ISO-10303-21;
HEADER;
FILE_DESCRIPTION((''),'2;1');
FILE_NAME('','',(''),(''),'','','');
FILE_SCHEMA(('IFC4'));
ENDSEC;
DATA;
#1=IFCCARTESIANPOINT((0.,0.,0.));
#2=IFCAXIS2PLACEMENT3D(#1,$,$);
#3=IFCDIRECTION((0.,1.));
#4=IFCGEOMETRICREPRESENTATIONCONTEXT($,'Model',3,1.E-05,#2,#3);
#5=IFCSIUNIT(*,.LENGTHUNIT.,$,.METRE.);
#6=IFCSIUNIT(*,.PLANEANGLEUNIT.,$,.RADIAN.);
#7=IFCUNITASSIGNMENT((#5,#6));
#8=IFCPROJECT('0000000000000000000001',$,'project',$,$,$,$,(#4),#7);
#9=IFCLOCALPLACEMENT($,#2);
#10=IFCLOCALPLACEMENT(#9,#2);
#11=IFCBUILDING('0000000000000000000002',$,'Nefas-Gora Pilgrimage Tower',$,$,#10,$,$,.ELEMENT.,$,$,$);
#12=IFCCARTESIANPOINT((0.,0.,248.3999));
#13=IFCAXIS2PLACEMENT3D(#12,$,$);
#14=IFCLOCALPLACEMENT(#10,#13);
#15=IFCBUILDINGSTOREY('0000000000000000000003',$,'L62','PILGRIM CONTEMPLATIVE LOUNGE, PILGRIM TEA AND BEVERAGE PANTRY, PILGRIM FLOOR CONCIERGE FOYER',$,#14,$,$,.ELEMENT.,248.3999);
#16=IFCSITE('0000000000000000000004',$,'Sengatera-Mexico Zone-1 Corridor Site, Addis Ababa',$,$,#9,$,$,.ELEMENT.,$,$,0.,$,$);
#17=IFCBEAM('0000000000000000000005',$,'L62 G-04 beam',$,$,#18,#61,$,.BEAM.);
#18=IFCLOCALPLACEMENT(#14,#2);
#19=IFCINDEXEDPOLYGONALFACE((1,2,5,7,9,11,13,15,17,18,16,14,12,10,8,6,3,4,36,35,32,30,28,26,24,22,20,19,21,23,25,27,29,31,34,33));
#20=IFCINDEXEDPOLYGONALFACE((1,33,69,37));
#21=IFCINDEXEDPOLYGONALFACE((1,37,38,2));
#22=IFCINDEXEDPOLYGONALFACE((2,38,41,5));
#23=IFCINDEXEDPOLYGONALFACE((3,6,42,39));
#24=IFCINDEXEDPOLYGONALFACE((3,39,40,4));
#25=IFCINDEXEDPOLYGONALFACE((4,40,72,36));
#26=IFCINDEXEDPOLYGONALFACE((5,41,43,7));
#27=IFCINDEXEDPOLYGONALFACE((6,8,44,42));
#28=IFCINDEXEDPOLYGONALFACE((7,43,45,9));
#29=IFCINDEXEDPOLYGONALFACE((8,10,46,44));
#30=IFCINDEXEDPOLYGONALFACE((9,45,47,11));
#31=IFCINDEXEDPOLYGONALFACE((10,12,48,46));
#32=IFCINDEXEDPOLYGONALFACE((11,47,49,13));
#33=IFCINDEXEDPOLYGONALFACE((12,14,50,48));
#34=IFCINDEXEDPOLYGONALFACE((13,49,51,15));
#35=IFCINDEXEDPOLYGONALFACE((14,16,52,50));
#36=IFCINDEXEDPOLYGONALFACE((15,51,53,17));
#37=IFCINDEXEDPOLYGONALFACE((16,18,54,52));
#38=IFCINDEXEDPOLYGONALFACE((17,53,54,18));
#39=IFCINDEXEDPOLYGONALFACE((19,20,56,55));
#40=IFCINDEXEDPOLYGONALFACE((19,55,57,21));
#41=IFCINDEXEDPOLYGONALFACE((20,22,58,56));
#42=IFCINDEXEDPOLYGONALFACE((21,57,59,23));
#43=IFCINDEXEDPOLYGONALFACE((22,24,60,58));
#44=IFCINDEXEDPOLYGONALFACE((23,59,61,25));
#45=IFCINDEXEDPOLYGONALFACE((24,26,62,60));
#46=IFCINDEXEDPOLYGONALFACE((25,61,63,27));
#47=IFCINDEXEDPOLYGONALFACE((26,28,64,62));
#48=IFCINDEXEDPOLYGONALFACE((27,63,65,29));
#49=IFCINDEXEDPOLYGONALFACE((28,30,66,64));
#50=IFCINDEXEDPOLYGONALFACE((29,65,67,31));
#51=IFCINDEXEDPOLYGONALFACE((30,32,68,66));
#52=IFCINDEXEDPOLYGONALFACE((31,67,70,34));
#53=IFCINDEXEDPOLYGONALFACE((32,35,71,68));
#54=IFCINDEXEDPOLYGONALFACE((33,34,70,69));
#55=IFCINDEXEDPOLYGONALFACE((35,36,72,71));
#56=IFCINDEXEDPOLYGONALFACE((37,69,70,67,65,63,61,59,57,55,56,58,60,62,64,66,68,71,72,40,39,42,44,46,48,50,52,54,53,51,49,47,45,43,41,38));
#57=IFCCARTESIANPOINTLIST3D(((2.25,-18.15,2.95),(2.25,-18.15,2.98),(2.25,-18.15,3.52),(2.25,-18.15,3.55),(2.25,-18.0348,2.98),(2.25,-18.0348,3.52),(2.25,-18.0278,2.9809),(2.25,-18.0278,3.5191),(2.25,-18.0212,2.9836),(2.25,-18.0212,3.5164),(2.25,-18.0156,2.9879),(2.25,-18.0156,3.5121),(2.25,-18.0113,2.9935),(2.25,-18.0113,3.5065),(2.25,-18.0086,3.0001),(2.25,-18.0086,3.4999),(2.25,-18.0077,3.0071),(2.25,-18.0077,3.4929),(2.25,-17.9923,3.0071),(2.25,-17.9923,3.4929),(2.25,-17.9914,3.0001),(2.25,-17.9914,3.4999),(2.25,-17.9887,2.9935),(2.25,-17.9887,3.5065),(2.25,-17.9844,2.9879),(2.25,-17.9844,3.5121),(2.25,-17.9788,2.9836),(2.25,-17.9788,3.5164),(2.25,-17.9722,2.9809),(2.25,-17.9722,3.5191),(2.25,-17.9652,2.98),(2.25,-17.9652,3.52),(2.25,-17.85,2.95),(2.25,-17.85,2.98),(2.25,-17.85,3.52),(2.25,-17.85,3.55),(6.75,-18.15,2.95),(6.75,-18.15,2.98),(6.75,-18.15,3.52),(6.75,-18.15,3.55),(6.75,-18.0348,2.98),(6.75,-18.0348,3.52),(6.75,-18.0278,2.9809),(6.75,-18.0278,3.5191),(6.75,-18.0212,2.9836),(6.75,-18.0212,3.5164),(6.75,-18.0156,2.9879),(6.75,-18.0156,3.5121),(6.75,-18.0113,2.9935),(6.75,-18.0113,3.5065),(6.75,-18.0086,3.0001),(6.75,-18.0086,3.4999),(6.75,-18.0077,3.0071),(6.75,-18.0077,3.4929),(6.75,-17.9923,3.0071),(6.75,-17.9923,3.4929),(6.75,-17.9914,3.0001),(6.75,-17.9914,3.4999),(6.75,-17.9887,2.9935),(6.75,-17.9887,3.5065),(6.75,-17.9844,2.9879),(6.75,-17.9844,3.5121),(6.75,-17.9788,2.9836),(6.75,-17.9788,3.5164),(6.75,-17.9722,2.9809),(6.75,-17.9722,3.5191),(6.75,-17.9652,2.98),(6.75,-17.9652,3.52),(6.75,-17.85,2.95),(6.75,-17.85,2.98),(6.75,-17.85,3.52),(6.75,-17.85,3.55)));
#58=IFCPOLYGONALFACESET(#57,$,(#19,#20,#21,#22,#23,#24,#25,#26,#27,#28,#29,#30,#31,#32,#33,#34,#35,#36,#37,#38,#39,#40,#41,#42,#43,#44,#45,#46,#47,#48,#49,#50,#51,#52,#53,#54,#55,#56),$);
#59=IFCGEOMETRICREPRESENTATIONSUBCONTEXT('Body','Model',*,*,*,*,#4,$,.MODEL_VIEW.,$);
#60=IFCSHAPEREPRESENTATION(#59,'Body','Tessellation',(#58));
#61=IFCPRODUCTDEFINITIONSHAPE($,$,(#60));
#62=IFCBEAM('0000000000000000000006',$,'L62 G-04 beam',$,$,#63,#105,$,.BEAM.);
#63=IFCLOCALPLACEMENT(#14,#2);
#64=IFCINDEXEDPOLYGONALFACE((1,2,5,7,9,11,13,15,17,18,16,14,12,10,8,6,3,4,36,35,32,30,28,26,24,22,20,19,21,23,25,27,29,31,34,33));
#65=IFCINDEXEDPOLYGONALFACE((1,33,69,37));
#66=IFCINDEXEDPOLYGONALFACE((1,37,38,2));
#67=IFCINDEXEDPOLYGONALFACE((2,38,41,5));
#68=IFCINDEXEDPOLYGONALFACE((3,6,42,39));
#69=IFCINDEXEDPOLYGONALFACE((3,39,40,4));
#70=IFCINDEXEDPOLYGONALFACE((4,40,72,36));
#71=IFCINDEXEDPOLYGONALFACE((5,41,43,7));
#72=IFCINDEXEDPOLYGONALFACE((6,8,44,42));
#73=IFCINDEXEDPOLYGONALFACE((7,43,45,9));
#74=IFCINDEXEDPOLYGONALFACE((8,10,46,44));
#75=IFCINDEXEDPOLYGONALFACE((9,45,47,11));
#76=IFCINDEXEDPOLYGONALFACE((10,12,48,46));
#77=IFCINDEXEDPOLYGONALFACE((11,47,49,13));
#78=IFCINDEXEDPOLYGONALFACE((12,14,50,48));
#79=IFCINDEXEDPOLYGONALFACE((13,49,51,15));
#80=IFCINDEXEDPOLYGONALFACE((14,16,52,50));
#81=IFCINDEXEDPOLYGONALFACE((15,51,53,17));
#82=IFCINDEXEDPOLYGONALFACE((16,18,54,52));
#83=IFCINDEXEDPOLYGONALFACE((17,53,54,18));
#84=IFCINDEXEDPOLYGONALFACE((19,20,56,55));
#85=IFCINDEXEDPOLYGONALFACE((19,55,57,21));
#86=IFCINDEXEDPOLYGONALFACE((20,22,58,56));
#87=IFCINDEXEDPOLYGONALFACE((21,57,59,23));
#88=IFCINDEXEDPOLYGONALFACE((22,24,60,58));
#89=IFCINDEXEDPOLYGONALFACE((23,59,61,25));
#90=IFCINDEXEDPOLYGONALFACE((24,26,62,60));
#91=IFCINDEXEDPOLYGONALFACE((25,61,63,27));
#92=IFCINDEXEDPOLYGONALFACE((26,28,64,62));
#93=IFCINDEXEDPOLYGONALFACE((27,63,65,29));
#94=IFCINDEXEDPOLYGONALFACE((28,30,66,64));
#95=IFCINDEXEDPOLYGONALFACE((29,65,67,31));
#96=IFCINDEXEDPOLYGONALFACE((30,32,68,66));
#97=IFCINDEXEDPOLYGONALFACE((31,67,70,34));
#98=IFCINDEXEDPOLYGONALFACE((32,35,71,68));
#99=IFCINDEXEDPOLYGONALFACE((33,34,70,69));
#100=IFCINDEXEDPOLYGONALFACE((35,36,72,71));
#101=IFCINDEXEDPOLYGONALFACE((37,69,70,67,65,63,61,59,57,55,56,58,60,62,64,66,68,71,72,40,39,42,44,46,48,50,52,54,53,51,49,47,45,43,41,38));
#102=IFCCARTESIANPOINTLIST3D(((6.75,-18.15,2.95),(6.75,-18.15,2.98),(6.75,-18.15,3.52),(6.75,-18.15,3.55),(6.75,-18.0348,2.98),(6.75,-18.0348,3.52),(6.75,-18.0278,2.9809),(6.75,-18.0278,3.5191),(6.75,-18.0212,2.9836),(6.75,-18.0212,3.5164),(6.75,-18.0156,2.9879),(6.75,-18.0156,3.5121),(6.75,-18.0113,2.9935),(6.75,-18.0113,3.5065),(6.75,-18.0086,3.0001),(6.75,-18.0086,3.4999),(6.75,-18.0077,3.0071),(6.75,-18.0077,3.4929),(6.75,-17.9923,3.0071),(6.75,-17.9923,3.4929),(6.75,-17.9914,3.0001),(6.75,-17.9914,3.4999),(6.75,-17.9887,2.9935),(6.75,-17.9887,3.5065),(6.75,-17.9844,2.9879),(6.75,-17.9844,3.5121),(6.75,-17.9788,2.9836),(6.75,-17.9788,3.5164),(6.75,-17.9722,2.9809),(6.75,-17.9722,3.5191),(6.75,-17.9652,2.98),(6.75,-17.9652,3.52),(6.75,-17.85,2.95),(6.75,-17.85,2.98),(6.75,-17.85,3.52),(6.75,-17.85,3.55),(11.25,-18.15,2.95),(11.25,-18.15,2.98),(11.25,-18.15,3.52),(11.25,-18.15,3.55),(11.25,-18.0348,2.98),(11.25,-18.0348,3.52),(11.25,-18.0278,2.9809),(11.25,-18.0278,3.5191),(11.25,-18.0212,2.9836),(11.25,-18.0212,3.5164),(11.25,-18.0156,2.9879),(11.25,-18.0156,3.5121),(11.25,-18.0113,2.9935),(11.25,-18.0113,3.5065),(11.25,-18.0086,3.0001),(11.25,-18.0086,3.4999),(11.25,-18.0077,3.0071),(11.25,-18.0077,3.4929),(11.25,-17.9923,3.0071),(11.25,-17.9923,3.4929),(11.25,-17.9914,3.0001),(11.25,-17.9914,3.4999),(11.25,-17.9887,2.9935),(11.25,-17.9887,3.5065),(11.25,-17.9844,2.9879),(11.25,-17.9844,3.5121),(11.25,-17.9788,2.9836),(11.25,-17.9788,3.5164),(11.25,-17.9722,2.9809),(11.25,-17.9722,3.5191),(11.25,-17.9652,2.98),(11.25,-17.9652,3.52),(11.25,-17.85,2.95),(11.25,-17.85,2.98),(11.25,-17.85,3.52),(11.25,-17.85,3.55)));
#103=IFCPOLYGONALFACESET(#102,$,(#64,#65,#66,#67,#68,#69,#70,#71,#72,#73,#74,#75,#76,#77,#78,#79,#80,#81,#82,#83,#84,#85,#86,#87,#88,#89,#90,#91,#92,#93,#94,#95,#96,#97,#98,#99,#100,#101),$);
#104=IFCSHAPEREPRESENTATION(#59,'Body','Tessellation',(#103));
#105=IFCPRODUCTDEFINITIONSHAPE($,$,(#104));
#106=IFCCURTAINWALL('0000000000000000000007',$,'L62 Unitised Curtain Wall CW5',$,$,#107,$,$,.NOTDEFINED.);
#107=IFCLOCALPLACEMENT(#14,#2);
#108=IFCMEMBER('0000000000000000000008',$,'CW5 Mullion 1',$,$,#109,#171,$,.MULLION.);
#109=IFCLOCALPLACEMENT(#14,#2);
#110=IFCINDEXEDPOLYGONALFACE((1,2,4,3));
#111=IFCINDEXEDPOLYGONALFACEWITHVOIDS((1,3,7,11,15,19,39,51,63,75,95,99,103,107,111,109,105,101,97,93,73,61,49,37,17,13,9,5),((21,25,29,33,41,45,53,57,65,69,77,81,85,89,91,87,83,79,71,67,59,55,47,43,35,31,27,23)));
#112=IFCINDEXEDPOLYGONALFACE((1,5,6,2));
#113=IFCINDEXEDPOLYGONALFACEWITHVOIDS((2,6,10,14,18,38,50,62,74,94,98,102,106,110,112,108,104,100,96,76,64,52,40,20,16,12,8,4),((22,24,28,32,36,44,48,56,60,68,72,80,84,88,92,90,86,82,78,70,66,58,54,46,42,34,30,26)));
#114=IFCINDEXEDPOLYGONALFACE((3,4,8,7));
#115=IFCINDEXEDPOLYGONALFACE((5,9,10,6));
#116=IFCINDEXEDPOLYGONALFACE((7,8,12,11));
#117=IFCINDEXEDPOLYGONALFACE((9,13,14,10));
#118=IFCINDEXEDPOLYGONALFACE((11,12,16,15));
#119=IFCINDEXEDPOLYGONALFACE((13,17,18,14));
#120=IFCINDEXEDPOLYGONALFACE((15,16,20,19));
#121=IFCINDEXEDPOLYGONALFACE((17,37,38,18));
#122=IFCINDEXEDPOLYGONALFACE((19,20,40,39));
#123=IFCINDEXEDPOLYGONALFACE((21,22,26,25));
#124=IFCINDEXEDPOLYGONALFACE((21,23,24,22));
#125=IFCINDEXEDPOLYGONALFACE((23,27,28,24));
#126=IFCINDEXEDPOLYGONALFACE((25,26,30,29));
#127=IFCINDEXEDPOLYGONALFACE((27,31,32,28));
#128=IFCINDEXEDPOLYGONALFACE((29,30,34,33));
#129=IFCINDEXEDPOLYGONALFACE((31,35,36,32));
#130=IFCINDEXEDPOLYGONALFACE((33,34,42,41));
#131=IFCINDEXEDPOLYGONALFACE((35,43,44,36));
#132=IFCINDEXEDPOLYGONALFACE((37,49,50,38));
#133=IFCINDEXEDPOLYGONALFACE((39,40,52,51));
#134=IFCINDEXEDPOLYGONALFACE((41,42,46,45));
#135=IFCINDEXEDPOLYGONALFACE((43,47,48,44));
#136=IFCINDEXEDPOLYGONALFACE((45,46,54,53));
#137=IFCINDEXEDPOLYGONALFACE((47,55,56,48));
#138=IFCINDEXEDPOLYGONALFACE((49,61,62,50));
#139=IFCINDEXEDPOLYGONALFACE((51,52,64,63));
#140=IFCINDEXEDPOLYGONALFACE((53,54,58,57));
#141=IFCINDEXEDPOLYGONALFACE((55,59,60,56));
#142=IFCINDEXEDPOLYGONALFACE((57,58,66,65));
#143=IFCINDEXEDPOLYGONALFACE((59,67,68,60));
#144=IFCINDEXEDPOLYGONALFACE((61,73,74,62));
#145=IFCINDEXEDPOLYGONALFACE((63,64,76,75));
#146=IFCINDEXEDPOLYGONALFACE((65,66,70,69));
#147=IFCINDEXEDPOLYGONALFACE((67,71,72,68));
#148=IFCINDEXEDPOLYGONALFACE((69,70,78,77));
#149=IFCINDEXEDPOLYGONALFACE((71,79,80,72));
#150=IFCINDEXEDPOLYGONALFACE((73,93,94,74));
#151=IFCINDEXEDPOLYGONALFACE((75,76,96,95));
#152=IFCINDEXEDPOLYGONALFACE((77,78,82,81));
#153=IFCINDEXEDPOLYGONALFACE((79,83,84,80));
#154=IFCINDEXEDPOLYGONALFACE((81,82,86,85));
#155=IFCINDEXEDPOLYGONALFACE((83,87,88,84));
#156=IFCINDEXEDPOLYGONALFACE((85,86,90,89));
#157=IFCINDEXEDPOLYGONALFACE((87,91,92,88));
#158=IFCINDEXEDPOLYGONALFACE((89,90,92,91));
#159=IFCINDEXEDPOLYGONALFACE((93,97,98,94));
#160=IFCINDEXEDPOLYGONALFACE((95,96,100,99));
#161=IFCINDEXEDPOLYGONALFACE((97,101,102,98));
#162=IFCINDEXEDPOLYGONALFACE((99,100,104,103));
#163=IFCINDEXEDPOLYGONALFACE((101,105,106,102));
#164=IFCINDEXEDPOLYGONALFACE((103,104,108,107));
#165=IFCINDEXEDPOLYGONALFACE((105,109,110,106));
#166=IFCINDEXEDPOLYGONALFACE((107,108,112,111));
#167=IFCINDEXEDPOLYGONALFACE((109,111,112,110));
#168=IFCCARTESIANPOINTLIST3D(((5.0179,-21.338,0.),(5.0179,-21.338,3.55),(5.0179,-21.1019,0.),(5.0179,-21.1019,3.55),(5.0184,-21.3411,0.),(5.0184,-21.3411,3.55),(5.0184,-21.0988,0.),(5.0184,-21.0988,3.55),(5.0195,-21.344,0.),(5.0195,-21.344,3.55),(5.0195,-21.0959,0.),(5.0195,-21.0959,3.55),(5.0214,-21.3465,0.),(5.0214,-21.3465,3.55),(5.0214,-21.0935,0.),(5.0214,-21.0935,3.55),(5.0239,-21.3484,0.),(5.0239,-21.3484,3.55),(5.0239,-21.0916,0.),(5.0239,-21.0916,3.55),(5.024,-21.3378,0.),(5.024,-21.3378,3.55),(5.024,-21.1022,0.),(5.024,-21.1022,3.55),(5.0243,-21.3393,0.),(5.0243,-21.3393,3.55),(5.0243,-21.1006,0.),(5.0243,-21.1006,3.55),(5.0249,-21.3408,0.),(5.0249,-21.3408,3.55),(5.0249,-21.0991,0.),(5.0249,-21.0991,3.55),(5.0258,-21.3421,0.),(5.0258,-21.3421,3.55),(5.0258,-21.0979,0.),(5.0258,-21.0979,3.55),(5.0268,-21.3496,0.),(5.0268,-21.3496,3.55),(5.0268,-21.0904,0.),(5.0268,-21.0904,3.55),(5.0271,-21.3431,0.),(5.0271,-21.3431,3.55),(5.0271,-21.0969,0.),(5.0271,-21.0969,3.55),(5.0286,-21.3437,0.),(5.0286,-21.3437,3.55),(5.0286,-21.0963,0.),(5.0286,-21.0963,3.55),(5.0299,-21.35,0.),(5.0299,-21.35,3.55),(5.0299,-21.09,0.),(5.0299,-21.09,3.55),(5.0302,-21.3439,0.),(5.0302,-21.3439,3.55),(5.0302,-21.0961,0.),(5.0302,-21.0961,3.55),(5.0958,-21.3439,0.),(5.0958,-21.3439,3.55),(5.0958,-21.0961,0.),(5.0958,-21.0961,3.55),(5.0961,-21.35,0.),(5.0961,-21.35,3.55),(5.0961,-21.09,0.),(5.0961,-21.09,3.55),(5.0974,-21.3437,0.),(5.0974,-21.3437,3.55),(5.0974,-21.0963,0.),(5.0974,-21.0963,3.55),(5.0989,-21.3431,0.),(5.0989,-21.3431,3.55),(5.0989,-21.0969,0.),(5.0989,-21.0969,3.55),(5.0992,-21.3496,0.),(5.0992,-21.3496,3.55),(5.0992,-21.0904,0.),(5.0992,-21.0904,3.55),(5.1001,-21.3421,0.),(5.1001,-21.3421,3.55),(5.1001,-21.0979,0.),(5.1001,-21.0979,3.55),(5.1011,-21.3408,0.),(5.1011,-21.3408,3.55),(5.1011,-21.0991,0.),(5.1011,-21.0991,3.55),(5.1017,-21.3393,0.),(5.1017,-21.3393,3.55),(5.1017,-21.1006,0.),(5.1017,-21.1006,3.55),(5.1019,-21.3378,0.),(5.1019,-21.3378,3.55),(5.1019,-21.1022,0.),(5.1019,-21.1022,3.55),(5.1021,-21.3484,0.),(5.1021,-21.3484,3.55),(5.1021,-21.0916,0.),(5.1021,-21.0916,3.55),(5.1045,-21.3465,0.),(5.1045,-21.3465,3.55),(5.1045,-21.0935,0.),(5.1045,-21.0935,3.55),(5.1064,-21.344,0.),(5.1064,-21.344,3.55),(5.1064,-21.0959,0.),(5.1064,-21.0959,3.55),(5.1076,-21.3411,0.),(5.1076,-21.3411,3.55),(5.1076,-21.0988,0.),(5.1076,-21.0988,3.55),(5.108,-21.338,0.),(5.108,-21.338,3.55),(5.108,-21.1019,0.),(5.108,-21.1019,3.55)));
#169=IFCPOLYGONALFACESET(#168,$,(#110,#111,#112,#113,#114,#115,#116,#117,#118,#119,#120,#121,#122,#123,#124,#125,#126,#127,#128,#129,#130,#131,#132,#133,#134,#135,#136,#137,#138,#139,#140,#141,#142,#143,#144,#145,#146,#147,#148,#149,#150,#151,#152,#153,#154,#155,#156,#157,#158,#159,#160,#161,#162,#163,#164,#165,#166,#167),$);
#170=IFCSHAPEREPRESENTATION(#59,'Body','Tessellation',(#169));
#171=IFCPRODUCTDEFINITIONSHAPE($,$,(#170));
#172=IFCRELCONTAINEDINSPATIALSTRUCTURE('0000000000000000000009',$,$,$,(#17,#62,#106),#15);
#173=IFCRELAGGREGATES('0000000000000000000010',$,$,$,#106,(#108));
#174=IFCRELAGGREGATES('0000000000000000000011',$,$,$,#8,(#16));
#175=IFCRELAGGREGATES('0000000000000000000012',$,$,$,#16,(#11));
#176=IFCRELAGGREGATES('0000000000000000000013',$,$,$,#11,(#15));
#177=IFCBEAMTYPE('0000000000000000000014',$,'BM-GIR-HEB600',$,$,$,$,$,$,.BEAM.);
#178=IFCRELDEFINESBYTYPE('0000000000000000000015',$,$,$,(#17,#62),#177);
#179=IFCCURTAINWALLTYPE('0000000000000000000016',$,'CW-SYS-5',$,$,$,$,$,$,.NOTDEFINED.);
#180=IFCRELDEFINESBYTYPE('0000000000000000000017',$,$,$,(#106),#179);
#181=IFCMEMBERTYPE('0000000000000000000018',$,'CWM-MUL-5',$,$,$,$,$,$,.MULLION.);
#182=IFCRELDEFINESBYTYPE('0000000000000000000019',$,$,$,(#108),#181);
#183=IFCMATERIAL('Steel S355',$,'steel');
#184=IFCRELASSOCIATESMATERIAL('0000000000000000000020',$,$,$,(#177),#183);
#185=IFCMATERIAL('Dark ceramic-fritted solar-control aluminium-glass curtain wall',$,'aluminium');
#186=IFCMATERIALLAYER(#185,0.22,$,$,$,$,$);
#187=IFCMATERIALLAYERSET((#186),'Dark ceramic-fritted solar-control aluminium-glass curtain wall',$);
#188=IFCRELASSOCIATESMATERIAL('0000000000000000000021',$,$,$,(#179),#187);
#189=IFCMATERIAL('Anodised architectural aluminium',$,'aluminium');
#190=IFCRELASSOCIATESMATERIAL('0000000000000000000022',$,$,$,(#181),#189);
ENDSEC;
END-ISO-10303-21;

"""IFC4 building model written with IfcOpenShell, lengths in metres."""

from ifc_helpers import new_model, si_unit, direction, frame, origin, origin_2d, place, context, subcontext, project, spatial, hollow_rectangle, i_section, extrude, source, transform, mapped, material, layer, layer_set, material_profile, profile_set, type_object, element, aggregate, save


model = new_model("IFC4")

# Units and contexts
model_context = context("Model", 3, precision=1e-05, world=origin(), true_north=direction((0.0, 1.0)))
body_context = subcontext(model_context, "Body", "Model", "MODEL_VIEW")
ifc_project = project(units=[si_unit("LENGTHUNIT", "METRE"), si_unit("PLANEANGLEUNIT", "RADIAN")], contexts=[model_context])

# Site, building, storey
site_placement = place(None, origin())
site = spatial("IfcSite", under=ifc_project, at=site_placement, Name="Sengatera-Mexico Zone-1 Corridor Site, Addis Ababa", CompositionType="ELEMENT", RefElevation=0.0)
building_placement = place(site_placement, origin())
building = spatial("IfcBuilding", under=site, at=building_placement, Name="Nefas-Gora Pilgrimage Tower", CompositionType="ELEMENT")
storey_placement = place(building_placement, frame((0.0, 0.0, 248.3999)))
storey = spatial("IfcBuildingStorey", under=building, at=storey_placement, Name="L62", Description="PILGRIM CONTEMPLATIVE LOUNGE, PILGRIM TEA AND BEVERAGE PANTRY, PILGRIM FLOOR CONCIERGE FOYER", CompositionType="ELEMENT", Elevation=248.3999)

# Beams
ifc_material_1 = material(Name="Steel S355", Category="steel")
ifc_material_profile_1 = material_profile(ifc_material_1, i_section(OverallWidth=0.3, OverallDepth=0.6001, WebThickness=0.0154, FlangeThickness=0.03, FilletRadius=0.0271, at=origin_2d()), Name="HEB 600")
ifc_profile_set_1 = profile_set([ifc_material_profile_1], Name="Steel S355")
beam_type = type_object("IfcBeamType", Name="BM-GIR-HEB600", PredefinedType="BEAM", material=ifc_profile_set_1)
shared_shape_1 = source(origin(), body_context, "Body", "SweptSolid", [
    extrude(i_section(OverallWidth=0.3, OverallDepth=0.6001, WebThickness=0.0154, FlangeThickness=0.03, FilletRadius=0.0271, at=origin_2d()), origin(), (0.0, 0.0, 1.0), 4.5),
])
for number, where, z_axis, x_axis, name in (
    (1, (2.25, -18.0, 3.25), (1.0, 0.0, 0.0), (0.0, 1.0, 0.0), "L62 G-04 beam"),
    (2, (6.75, -18.0, 3.25), (1.0, 0.0, 0.0), (0.0, 1.0, 0.0), "L62 G-04 beam"),
):
    element("IfcBeam", number, at=place(storey_placement, frame(where, z_axis=z_axis, x_axis=x_axis)), inside=storey, type_object=beam_type, Name=name, PredefinedType="BEAM", context=body_context, shape_type="MappedRepresentation", body=[
        mapped(shared_shape_1, transform((0.0, 0.0, 0.0), x_axis=(1.0, 0.0, 0.0), y_axis=(0.0, 1.0, 0.0), z_axis=(0.0, 0.0, 1.0), scale=1.0)),
    ])

# Curtain wall, member
ifc_material_2 = material(Name="Dark ceramic-fritted solar-control aluminium-glass curtain wall", Category="aluminium")
ifc_layer_1 = layer(ifc_material_2, 0.22)
ifc_layer_set_1 = layer_set([ifc_layer_1], Name="Dark ceramic-fritted solar-control aluminium-glass curtain wall")
curtain_wall_type = type_object("IfcCurtainWallType", Name="CW-SYS-5", PredefinedType="NOTDEFINED", material=ifc_layer_set_1)
curtain_wall_1_placement = place(storey_placement, origin())
curtain_wall_1 = element("IfcCurtainWall", 3, at=curtain_wall_1_placement, inside=storey, type_object=curtain_wall_type, Name="L62 Unitised Curtain Wall CW5", PredefinedType="NOTDEFINED")
ifc_material_3 = material(Name="Anodised architectural aluminium", Category="aluminium")
ifc_material_profile_2 = material_profile(ifc_material_3, hollow_rectangle(XDim=0.0901, YDim=0.26, WallThickness=0.0061, InnerFilletRadius=0.0061, OuterFilletRadius=0.012, at=origin_2d()), Name="ALU MULLION 90x260")
ifc_profile_set_2 = profile_set([ifc_material_profile_2], Name="Anodised architectural aluminium")
member_type_1 = type_object("IfcMemberType", Name="CWM-MUL-5", PredefinedType="MULLION", material=ifc_profile_set_2)
shared_shape_2 = source(origin(), body_context, "Body", "SweptSolid", [
    extrude(hollow_rectangle(XDim=0.0901, YDim=0.26, WallThickness=0.0061, InnerFilletRadius=0.0061, OuterFilletRadius=0.012, at=origin_2d()), origin(), (0.0, 0.0, 1.0), 3.55),
])
member_1_placement = place(storey_placement, frame((5.063, -21.22, 0.0), z_axis=(0.0, 0.0, 1.0), x_axis=(1.0, 0.0, 0.0)))
member_1 = element("IfcMember", 4, at=member_1_placement, type_object=member_type_1, Name="CW5 Mullion 1", PredefinedType="MULLION", context=body_context, shape_type="MappedRepresentation", body=[
    mapped(shared_shape_2, transform((0.0, 0.0, 0.0), x_axis=(1.0, 0.0, 0.0), y_axis=(0.0, 1.0, 0.0), z_axis=(0.0, 0.0, 1.0), scale=1.0)),
])

aggregate(curtain_wall_1, [member_1])

save(model, "model.ifc")
